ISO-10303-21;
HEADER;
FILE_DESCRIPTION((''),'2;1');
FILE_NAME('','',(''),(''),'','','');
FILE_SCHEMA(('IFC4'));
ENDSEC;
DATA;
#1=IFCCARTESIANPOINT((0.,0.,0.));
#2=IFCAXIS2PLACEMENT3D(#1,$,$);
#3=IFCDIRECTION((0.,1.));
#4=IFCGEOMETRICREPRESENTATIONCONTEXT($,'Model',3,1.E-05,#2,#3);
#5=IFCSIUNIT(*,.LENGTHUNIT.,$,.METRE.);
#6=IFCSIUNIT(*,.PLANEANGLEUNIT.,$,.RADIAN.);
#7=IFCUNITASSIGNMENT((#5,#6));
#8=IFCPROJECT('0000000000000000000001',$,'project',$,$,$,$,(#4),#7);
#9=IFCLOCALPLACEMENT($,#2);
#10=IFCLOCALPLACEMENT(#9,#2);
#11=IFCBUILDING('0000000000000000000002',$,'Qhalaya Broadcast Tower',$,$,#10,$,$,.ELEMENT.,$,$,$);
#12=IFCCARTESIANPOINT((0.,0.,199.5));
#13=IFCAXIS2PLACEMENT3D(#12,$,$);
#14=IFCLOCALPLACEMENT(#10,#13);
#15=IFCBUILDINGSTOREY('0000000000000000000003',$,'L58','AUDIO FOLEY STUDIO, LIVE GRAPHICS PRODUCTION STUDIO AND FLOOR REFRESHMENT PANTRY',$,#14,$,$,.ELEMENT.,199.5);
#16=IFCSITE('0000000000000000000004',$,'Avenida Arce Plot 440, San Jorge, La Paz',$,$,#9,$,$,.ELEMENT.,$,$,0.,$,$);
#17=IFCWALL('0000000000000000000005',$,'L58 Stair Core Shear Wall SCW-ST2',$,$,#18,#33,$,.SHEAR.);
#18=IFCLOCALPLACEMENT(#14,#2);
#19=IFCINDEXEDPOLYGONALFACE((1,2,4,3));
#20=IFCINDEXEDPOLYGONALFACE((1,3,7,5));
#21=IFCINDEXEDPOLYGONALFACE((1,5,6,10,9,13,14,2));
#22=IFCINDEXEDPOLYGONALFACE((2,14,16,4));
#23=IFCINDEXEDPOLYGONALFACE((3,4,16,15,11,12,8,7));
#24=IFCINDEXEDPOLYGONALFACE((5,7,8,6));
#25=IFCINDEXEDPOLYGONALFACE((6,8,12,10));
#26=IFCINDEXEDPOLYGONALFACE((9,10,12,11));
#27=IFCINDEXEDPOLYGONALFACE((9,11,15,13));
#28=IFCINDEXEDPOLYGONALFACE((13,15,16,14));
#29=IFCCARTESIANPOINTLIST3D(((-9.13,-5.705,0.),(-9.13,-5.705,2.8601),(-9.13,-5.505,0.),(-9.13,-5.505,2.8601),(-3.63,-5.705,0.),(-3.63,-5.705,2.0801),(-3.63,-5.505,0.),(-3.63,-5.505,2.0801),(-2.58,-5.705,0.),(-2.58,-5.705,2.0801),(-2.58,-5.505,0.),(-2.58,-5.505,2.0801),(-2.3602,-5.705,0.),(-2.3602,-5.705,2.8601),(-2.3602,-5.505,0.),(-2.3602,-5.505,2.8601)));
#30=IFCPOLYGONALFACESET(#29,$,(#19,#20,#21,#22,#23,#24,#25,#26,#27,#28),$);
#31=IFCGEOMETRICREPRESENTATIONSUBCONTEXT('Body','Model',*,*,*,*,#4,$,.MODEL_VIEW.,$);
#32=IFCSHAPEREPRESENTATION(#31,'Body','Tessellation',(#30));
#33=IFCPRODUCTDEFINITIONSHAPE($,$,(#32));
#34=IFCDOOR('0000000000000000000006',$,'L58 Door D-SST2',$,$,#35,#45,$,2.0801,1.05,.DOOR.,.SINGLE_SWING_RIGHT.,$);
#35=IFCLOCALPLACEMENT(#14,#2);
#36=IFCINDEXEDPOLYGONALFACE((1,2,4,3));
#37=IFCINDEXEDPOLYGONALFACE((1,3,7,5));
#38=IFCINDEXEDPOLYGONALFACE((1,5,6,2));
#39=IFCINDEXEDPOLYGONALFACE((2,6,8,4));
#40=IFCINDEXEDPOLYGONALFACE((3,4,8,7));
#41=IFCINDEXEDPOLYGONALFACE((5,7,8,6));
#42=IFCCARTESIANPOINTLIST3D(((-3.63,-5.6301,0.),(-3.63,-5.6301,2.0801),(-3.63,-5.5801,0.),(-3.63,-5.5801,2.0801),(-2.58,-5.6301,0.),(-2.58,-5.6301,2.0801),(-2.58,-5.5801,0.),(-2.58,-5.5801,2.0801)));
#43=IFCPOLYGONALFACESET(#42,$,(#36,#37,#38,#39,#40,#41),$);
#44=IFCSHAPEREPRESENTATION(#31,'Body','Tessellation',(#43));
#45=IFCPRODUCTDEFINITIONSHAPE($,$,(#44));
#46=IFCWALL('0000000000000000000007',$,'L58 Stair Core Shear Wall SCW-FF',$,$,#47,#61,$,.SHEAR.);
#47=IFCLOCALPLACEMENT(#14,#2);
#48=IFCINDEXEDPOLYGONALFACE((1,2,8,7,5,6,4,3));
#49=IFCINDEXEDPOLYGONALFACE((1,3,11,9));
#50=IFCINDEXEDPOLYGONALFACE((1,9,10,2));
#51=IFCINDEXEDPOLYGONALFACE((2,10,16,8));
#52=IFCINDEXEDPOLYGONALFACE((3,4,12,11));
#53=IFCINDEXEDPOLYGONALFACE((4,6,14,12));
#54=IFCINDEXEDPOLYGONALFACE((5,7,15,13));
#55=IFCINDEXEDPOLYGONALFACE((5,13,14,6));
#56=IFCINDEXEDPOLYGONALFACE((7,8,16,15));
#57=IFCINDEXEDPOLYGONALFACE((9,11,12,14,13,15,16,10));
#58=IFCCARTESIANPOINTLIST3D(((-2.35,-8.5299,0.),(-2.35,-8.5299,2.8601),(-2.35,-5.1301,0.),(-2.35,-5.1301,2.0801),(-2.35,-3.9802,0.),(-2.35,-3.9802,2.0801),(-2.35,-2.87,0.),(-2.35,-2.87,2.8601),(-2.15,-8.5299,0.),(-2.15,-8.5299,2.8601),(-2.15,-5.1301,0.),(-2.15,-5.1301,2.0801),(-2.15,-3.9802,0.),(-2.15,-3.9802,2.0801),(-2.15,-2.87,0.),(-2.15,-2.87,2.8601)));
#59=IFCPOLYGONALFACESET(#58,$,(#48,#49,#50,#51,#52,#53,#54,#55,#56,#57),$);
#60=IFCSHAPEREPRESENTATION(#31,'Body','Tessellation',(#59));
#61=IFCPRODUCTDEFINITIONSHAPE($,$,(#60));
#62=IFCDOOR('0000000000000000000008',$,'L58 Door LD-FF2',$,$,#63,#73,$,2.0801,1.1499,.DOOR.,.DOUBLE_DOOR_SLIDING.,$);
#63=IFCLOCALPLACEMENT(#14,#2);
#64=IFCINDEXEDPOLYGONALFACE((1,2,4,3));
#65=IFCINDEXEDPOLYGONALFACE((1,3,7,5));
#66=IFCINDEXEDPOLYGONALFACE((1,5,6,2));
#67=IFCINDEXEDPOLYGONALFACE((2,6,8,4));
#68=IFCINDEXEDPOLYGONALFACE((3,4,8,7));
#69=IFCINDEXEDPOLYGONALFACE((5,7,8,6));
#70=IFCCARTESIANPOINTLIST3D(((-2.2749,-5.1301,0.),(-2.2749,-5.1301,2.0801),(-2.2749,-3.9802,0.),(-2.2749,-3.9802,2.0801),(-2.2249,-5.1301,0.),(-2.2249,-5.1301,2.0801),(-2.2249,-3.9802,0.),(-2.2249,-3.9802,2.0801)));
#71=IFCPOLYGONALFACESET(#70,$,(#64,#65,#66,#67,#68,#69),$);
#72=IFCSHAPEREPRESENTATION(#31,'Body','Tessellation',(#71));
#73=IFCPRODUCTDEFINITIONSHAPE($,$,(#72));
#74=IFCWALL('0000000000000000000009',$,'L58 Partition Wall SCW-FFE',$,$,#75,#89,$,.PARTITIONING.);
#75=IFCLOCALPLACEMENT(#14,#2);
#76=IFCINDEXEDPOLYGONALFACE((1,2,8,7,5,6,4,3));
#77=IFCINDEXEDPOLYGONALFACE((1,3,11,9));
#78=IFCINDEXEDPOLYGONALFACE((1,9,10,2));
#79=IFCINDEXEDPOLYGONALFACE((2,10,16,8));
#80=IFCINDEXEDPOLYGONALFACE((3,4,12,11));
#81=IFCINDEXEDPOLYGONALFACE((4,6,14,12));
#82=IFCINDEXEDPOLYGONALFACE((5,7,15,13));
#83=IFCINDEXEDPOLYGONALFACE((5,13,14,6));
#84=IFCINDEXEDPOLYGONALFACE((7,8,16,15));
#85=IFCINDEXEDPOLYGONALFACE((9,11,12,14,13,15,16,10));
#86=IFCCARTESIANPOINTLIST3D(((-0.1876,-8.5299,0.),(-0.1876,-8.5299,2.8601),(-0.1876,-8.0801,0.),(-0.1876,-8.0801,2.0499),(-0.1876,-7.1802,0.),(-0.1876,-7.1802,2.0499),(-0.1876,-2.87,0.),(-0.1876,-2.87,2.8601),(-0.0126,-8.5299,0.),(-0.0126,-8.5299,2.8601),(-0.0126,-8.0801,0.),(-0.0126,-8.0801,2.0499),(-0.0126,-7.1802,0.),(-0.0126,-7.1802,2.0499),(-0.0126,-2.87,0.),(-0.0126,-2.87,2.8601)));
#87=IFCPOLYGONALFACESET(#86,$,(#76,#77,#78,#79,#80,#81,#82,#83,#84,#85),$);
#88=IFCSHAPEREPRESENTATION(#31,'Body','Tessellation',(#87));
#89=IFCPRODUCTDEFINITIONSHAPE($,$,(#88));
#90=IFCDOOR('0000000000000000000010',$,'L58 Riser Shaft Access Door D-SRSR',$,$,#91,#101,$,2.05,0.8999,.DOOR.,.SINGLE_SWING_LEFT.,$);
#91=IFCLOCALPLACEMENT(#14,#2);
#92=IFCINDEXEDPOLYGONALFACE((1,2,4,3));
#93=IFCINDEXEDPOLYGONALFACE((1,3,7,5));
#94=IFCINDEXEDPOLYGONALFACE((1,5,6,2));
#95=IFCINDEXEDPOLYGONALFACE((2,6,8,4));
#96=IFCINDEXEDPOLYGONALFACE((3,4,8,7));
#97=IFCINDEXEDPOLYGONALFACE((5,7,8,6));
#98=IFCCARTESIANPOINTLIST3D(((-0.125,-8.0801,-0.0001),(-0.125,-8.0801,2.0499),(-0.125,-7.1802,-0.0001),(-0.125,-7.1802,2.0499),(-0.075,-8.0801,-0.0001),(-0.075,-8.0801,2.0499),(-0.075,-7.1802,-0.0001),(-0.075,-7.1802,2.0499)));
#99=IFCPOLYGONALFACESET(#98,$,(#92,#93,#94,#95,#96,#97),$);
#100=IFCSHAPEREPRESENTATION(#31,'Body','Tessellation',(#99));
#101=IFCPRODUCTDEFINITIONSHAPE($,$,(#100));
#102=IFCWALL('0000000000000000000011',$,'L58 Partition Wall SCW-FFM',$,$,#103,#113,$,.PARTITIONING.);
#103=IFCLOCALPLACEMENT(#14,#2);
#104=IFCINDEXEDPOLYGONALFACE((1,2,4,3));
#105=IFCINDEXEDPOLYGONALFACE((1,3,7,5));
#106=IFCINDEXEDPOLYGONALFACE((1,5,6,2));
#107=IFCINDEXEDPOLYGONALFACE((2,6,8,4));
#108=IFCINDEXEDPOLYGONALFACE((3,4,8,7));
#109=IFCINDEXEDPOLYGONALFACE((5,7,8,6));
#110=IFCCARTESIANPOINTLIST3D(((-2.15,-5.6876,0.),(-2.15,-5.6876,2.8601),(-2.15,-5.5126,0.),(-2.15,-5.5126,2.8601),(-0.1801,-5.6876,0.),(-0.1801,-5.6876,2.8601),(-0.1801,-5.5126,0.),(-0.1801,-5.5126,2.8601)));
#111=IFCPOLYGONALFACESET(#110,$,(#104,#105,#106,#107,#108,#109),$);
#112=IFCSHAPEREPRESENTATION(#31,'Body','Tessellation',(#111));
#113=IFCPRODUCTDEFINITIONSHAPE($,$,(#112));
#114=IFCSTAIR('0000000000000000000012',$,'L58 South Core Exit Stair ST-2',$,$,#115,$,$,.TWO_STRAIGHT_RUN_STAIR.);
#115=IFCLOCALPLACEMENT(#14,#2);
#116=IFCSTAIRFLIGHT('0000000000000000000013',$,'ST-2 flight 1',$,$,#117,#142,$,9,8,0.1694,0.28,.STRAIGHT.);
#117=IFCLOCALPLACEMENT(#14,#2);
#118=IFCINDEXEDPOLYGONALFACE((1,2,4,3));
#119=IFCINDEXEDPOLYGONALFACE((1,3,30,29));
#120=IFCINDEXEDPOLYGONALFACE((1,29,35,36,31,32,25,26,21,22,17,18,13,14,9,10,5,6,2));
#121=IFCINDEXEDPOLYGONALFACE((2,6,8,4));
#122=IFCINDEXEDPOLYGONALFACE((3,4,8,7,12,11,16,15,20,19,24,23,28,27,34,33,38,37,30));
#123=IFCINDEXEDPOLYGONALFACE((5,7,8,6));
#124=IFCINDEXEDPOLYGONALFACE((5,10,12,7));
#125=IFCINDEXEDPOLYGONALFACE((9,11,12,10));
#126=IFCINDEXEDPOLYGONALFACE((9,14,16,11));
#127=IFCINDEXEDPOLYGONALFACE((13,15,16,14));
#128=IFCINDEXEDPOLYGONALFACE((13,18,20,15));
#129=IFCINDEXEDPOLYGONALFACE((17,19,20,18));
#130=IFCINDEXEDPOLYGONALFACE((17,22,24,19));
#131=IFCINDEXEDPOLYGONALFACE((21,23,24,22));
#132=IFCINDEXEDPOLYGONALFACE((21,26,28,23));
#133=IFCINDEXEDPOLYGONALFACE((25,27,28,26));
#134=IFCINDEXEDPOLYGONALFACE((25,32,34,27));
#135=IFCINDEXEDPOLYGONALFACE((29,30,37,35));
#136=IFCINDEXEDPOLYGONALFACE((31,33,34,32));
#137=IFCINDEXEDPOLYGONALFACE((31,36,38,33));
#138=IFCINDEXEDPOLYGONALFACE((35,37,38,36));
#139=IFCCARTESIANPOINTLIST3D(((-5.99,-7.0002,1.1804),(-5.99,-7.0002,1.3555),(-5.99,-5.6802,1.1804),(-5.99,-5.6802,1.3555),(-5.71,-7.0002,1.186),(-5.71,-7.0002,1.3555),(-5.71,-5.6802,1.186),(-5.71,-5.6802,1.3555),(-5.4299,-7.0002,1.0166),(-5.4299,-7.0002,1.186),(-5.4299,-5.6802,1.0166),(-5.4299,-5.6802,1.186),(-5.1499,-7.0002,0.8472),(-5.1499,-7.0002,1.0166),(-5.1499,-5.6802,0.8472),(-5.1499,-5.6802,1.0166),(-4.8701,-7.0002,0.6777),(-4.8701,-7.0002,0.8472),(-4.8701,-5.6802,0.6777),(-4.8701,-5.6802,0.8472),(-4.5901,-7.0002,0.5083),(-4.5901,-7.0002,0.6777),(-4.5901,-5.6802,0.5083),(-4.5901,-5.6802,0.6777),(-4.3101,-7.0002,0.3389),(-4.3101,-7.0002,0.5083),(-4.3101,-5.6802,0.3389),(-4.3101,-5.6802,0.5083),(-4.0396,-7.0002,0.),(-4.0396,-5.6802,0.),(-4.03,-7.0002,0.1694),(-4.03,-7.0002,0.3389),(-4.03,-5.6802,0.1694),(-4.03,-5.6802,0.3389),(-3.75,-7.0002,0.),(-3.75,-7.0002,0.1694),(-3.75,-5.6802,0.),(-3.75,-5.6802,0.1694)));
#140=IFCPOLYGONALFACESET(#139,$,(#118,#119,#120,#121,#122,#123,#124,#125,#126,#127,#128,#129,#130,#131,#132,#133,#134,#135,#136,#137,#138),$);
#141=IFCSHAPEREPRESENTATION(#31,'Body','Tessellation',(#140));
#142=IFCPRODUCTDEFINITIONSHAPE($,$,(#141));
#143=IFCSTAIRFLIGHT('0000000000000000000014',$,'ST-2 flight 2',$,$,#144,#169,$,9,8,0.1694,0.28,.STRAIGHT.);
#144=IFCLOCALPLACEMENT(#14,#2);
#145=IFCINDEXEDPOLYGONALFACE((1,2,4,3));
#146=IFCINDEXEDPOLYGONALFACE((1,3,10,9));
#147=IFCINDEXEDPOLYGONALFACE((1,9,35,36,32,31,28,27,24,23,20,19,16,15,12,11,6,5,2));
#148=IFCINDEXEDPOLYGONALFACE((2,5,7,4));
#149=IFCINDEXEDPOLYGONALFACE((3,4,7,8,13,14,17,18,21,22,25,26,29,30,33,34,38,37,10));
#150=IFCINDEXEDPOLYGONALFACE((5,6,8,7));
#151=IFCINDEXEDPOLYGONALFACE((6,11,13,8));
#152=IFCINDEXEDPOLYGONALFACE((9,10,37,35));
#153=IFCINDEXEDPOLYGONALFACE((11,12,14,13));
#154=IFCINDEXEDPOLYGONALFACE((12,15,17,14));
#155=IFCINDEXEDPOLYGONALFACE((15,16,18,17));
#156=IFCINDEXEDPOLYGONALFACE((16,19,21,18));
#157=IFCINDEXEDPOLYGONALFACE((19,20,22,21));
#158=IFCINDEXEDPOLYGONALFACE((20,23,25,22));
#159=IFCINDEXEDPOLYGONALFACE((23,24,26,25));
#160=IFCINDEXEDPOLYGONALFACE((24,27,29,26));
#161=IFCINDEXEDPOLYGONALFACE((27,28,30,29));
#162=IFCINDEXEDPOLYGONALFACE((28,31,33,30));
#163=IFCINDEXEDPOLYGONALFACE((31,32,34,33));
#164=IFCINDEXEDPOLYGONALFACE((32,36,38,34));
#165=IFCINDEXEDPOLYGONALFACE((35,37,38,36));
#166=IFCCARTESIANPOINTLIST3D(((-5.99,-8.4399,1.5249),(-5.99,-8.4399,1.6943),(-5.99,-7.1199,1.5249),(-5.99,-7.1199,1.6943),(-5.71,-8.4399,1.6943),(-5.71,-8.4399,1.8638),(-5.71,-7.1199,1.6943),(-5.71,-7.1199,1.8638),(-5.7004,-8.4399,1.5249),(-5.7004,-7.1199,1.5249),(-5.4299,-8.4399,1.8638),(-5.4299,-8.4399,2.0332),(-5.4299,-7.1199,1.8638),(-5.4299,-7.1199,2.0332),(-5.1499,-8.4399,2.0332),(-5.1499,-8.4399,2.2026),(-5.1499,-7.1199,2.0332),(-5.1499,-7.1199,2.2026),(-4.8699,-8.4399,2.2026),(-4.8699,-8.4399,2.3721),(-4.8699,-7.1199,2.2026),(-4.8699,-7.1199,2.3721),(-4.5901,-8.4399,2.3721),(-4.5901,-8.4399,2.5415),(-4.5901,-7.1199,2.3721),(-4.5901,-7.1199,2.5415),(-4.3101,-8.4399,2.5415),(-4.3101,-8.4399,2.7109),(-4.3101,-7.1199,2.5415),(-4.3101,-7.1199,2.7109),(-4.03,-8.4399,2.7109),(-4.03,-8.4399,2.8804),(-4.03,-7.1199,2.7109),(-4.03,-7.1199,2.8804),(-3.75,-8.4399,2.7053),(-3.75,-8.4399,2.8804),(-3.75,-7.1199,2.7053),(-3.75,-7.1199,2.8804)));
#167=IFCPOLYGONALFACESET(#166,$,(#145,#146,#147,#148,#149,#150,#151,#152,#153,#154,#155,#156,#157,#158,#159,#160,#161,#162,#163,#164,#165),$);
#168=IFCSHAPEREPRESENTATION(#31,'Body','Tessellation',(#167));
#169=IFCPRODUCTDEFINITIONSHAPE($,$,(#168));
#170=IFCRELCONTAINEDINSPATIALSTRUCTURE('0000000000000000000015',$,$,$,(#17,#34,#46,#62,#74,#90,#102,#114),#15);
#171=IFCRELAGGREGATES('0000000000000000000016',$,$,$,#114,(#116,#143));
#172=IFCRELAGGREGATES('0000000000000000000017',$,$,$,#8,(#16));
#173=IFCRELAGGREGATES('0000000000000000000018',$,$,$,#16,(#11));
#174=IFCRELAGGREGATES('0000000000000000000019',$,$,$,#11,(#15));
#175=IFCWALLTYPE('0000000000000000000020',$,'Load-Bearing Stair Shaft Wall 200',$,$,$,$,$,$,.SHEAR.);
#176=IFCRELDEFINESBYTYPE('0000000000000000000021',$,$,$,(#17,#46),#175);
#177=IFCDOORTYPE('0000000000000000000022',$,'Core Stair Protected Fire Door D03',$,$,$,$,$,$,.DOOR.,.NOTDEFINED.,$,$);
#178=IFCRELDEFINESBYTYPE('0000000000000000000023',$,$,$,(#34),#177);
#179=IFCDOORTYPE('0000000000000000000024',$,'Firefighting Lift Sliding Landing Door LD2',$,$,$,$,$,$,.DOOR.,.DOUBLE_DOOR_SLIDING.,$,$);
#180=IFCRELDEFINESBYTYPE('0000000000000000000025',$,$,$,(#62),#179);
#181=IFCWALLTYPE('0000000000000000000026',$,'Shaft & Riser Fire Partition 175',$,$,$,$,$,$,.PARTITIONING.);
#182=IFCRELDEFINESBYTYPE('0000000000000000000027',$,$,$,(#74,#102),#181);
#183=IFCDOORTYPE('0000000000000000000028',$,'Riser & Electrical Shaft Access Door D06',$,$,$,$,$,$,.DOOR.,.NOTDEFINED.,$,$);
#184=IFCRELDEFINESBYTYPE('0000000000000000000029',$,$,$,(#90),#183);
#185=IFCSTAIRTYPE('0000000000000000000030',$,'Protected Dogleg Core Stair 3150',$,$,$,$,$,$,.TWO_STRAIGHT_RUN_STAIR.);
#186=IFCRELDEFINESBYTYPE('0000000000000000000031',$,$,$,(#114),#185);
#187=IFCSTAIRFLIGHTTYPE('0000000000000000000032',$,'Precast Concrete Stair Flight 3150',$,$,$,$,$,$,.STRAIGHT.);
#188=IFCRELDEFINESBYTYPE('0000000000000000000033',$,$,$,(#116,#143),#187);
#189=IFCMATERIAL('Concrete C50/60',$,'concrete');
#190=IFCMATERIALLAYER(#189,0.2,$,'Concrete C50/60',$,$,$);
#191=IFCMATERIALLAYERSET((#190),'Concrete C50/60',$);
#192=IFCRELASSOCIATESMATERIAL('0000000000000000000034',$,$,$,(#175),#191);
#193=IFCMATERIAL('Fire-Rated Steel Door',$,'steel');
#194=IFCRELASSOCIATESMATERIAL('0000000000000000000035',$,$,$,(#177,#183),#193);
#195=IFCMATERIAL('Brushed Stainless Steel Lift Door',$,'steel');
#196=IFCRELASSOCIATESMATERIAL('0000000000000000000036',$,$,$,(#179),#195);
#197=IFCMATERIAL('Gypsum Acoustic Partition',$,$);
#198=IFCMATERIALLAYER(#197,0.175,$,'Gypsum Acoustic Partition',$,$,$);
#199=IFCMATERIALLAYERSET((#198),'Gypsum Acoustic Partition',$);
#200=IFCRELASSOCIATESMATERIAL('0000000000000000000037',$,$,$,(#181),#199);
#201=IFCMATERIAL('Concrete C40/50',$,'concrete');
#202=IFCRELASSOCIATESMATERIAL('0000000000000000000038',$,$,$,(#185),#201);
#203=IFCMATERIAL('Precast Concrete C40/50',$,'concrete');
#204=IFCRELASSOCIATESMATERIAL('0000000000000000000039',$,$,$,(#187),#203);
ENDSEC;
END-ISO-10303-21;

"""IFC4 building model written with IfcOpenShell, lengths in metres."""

from ifc_helpers import new_model, si_unit, direction, frame, frame_2d, origin, place, context, subcontext, project, spatial, polyline, rectangle, outline, extrude, material, layer, layer_set, type_object, element, fill, aggregate, save


model = new_model("IFC4")

# Units and contexts
model_context = context("Model", 3, precision=1e-05, world=origin(), true_north=direction((0.0, 1.0)))
body_context = subcontext(model_context, "Body", "Model", "MODEL_VIEW")
ifc_project = project(units=[si_unit("LENGTHUNIT", "METRE"), si_unit("PLANEANGLEUNIT", "RADIAN")], contexts=[model_context])

# Site, building, storey
site_placement = place(None, origin())
site = spatial("IfcSite", under=ifc_project, at=site_placement, Name="Avenida Arce Plot 440, San Jorge, La Paz", CompositionType="ELEMENT", RefElevation=0.0)
building_placement = place(site_placement, origin())
building = spatial("IfcBuilding", under=site, at=building_placement, Name="Qhalaya Broadcast Tower", CompositionType="ELEMENT")
storey_placement = place(building_placement, frame((0.0, 0.0, 199.5)))
storey = spatial("IfcBuildingStorey", under=building, at=storey_placement, Name="L58", Description="AUDIO FOLEY STUDIO, LIVE GRAPHICS PRODUCTION STUDIO AND FLOOR REFRESHMENT PANTRY", CompositionType="ELEMENT", Elevation=199.5)

# Shared definitions
ifc_material_1 = material(Name="Concrete C50/60", Category="concrete")

# Walls, openings, doors
ifc_layer_1 = layer(ifc_material_1, 0.2, Name="Concrete C50/60")
ifc_layer_set_1 = layer_set([ifc_layer_1], Name="Concrete C50/60")
wall_type_1 = type_object("IfcWallType", Name="Load-Bearing Stair Shaft Wall 200", PredefinedType="SHEAR", material=ifc_layer_set_1)
wall_1_placement = place(storey_placement, frame((-9.1299, -5.605, 0.0), z_axis=(0.0, 0.0, 1.0), x_axis=(1.0, 0.0, 0.0)))
wall_1 = element("IfcWall", 1, at=wall_1_placement, inside=storey, type_object=wall_type_1, Name="L58 Stair Core Shear Wall SCW-ST2", PredefinedType="SHEAR", context=body_context, shape_type="SweptSolid", body=[
    extrude(rectangle(XDim=6.7698, YDim=0.2, at=frame_2d((3.3848, 0.0))), origin(), (0.0, 0.0, 1.0), 2.8601),
])
opening_1_placement = place(wall_1_placement, frame((5.5, 0.0, 0.0)))
opening_1 = element("IfcOpeningElement", 2, at=opening_1_placement, cuts=wall_1, PredefinedType="OPENING", context=body_context, shape_type="SweptSolid", body=[
    extrude(rectangle(XDim=1.05, YDim=2.0801, at=frame_2d((0.5249, 1.04))), frame((0.0, 0.1121, 0.0), z_axis=(0.0, -1.0, 0.0), x_axis=(1.0, 0.0, 0.0)), (0.0, 0.0, 1.0), 0.2239),
])
ifc_material_2 = material(Name="Fire-Rated Steel Door", Category="steel")
door_type_1 = type_object("IfcDoorType", Name="Core Stair Protected Fire Door D03", OperationType="NOTDEFINED", PredefinedType="DOOR", material=ifc_material_2)
door_1_placement = place(opening_1_placement, origin())
door_1 = element("IfcDoor", 3, at=door_1_placement, inside=storey, type_object=door_type_1, Name="L58 Door D-SST2", OperationType="SINGLE_SWING_RIGHT", OverallHeight=2.0801, OverallWidth=1.05, PredefinedType="DOOR", context=body_context, shape_type="SweptSolid", body=[
    extrude(rectangle(XDim=1.05, YDim=2.0801, at=frame_2d((0.5249, 1.04))), frame((0.0, 0.0249, 0.0), z_axis=(0.0, -1.0, 0.0), x_axis=(1.0, 0.0, 0.0)), (0.0, 0.0, 1.0), 0.05),
])
fill(opening_1, door_1)
wall_2_placement = place(storey_placement, frame((-2.25, -8.53, 0.0), z_axis=(0.0, 0.0, 1.0), x_axis=(0.0, 1.0, 0.0)))
wall_2 = element("IfcWall", 4, at=wall_2_placement, inside=storey, type_object=wall_type_1, Name="L58 Stair Core Shear Wall SCW-FF", PredefinedType="SHEAR", context=body_context, shape_type="SweptSolid", body=[
    extrude(rectangle(XDim=5.6599, YDim=0.2, at=frame_2d((2.8301, 0.0))), origin(), (0.0, 0.0, 1.0), 2.8601),
])
opening_2_placement = place(wall_2_placement, frame((3.3999, 0.0, 0.0)))
opening_2 = element("IfcOpeningElement", 5, at=opening_2_placement, cuts=wall_2, PredefinedType="OPENING", context=body_context, shape_type="SweptSolid", body=[
    extrude(rectangle(XDim=1.1499, YDim=2.0801, at=frame_2d((0.575, 1.04))), frame((0.0, 0.1121, 0.0), z_axis=(0.0, -1.0, 0.0), x_axis=(1.0, 0.0, 0.0)), (0.0, 0.0, 1.0), 0.2239),
])
ifc_material_3 = material(Name="Brushed Stainless Steel Lift Door", Category="steel")
door_type_2 = type_object("IfcDoorType", Name="Firefighting Lift Sliding Landing Door LD2", OperationType="DOUBLE_DOOR_SLIDING", PredefinedType="DOOR", material=ifc_material_3)
door_2_placement = place(opening_2_placement, origin())
door_2 = element("IfcDoor", 6, at=door_2_placement, inside=storey, type_object=door_type_2, Name="L58 Door LD-FF2", OperationType="DOUBLE_DOOR_SLIDING", OverallHeight=2.0801, OverallWidth=1.1499, PredefinedType="DOOR", context=body_context, shape_type="SweptSolid", body=[
    extrude(rectangle(XDim=1.1499, YDim=2.0801, at=frame_2d((0.575, 1.04))), frame((0.0, 0.0249, 0.0), z_axis=(0.0, -1.0, 0.0), x_axis=(1.0, 0.0, 0.0)), (0.0, 0.0, 1.0), 0.05),
])
fill(opening_2, door_2)
ifc_material_4 = material(Name="Gypsum Acoustic Partition")
ifc_layer_2 = layer(ifc_material_4, 0.175, Name="Gypsum Acoustic Partition")
ifc_layer_set_2 = layer_set([ifc_layer_2], Name="Gypsum Acoustic Partition")
wall_type_2 = type_object("IfcWallType", Name="Shaft & Riser Fire Partition 175", PredefinedType="PARTITIONING", material=ifc_layer_set_2)
wall_3_placement = place(storey_placement, frame((-0.1001, -8.53, 0.0), z_axis=(0.0, 0.0, 1.0), x_axis=(0.0, 1.0, 0.0)))
wall_3 = element("IfcWall", 7, at=wall_3_placement, inside=storey, type_object=wall_type_2, Name="L58 Partition Wall SCW-FFE", PredefinedType="PARTITIONING", context=body_context, shape_type="SweptSolid", body=[
    extrude(rectangle(XDim=5.6599, YDim=0.175, at=frame_2d((2.8301, 0.0))), origin(), (0.0, 0.0, 1.0), 2.8601),
])
opening_3_placement = place(wall_3_placement, frame((0.45, 0.0, 0.0)))
opening_3 = element("IfcOpeningElement", 8, at=opening_3_placement, cuts=wall_3, PredefinedType="OPENING", context=body_context, shape_type="SweptSolid", body=[
    extrude(rectangle(XDim=0.8999, YDim=2.05, at=frame_2d((0.45, 1.0249))), frame((0.0, 0.0996, 0.0), z_axis=(0.0, -1.0, 0.0), x_axis=(1.0, 0.0, 0.0)), (0.0, 0.0, 1.0), 0.199),
])
door_type_3 = type_object("IfcDoorType", Name="Riser & Electrical Shaft Access Door D06", OperationType="NOTDEFINED", PredefinedType="DOOR", material=ifc_material_2)
door_3_placement = place(opening_3_placement, origin())
door_3 = element("IfcDoor", 9, at=door_3_placement, inside=storey, type_object=door_type_3, Name="L58 Riser Shaft Access Door D-SRSR", OperationType="SINGLE_SWING_LEFT", OverallHeight=2.05, OverallWidth=0.8999, PredefinedType="DOOR", context=body_context, shape_type="SweptSolid", body=[
    extrude(rectangle(XDim=0.8999, YDim=2.05, at=frame_2d((0.45, 1.0249))), frame((0.0, 0.0249, 0.0), z_axis=(0.0, -1.0, 0.0), x_axis=(1.0, 0.0, 0.0)), (0.0, 0.0, 1.0), 0.05),
])
fill(opening_3, door_3)

# Wall
wall_4_placement = place(storey_placement, frame((-2.1499, -5.6001, 0.0), z_axis=(0.0, 0.0, 1.0), x_axis=(1.0, 0.0, 0.0)))
element("IfcWall", 10, at=wall_4_placement, inside=storey, type_object=wall_type_2, Name="L58 Partition Wall SCW-FFM", PredefinedType="PARTITIONING", context=body_context, shape_type="SweptSolid", body=[
    extrude(rectangle(XDim=1.97, YDim=0.175, at=frame_2d((0.9849, 0.0))), origin(), (0.0, 0.0, 1.0), 2.8601),
])

# Stair, stair flights
ifc_material_5 = material(Name="Concrete C40/50", Category="concrete")
stair_type = type_object("IfcStairType", Name="Protected Dogleg Core Stair 3150", PredefinedType="TWO_STRAIGHT_RUN_STAIR", material=ifc_material_5)
stair_placement = place(storey_placement, origin())
stair = element("IfcStair", 11, at=stair_placement, inside=storey, type_object=stair_type, Name="L58 South Core Exit Stair ST-2", PredefinedType="TWO_STRAIGHT_RUN_STAIR")
ifc_material_6 = material(Name="Precast Concrete C40/50", Category="concrete")
stair_flight_type = type_object("IfcStairFlightType", Name="Precast Concrete Stair Flight 3150", PredefinedType="STRAIGHT", material=ifc_material_6)
stair_flight_1_placement = place(storey_placement, frame((-3.75, -6.3401, 0.0), z_axis=(0.0, 0.0, 1.0), x_axis=(-1.0, 0.0, 0.0)))
stair_flight_1 = element("IfcStairFlight", 12, at=stair_flight_1_placement, type_object=stair_flight_type, Name="ST-2 flight 1", NumberOfRisers=9, NumberOfTreads=8, PredefinedType="STRAIGHT", RiserHeight=0.1694, TreadLength=0.28, context=body_context, shape_type="SweptSolid", body=[
    extrude(outline(polyline([(0.0, 0.0), (0.0, 0.1694), (0.28, 0.1694), (0.28, 0.3389), (0.5601, 0.3389), (0.5601, 0.5083), (0.8401, 0.5083), (0.8401, 0.6777), (1.1201, 0.6777), (1.1201, 0.8472), (1.3999, 0.8472), (1.3999, 1.0166), (1.6799, 1.0166), (1.6799, 1.186), (1.96, 1.186), (1.96, 1.3555), (2.24, 1.3555), (2.24, 1.5249), (2.24, 1.1804), (0.2896, 0.0), (0.0, 0.0)])), frame((0.0, 0.6602, 0.0), z_axis=(0.0, -1.0, 0.0), x_axis=(1.0, 0.0, 0.0)), (0.0, 0.0, 1.0), 1.3201),
])
stair_flight_2_placement = place(storey_placement, frame((-5.99, -7.78, 1.5249), z_axis=(0.0, 0.0, 1.0), x_axis=(1.0, 0.0, 0.0)))
stair_flight_2 = element("IfcStairFlight", 13, at=stair_flight_2_placement, type_object=stair_flight_type, Name="ST-2 flight 2", NumberOfRisers=9, NumberOfTreads=8, PredefinedType="STRAIGHT", RiserHeight=0.1694, TreadLength=0.28, context=body_context, shape_type="SweptSolid", body=[
    extrude(outline(polyline([(0.0, 0.0), (0.0, 0.1694), (0.28, 0.1694), (0.28, 0.3389), (0.5601, 0.3389), (0.5601, 0.5083), (0.8401, 0.5083), (0.8401, 0.6777), (1.1201, 0.6777), (1.1201, 0.8472), (1.3999, 0.8472), (1.3999, 1.0166), (1.6799, 1.0166), (1.6799, 1.186), (1.96, 1.186), (1.96, 1.3555), (2.24, 1.3555), (2.24, 1.5249), (2.24, 1.1804), (0.2896, 0.0), (0.0, 0.0)])), frame((0.0, 0.6602, 0.0), z_axis=(0.0, -1.0, 0.0), x_axis=(1.0, 0.0, 0.0)), (0.0, 0.0, 1.0), 1.3201),
])
aggregate(stair, [stair_flight_1, stair_flight_2])

save(model, "model.ifc")
